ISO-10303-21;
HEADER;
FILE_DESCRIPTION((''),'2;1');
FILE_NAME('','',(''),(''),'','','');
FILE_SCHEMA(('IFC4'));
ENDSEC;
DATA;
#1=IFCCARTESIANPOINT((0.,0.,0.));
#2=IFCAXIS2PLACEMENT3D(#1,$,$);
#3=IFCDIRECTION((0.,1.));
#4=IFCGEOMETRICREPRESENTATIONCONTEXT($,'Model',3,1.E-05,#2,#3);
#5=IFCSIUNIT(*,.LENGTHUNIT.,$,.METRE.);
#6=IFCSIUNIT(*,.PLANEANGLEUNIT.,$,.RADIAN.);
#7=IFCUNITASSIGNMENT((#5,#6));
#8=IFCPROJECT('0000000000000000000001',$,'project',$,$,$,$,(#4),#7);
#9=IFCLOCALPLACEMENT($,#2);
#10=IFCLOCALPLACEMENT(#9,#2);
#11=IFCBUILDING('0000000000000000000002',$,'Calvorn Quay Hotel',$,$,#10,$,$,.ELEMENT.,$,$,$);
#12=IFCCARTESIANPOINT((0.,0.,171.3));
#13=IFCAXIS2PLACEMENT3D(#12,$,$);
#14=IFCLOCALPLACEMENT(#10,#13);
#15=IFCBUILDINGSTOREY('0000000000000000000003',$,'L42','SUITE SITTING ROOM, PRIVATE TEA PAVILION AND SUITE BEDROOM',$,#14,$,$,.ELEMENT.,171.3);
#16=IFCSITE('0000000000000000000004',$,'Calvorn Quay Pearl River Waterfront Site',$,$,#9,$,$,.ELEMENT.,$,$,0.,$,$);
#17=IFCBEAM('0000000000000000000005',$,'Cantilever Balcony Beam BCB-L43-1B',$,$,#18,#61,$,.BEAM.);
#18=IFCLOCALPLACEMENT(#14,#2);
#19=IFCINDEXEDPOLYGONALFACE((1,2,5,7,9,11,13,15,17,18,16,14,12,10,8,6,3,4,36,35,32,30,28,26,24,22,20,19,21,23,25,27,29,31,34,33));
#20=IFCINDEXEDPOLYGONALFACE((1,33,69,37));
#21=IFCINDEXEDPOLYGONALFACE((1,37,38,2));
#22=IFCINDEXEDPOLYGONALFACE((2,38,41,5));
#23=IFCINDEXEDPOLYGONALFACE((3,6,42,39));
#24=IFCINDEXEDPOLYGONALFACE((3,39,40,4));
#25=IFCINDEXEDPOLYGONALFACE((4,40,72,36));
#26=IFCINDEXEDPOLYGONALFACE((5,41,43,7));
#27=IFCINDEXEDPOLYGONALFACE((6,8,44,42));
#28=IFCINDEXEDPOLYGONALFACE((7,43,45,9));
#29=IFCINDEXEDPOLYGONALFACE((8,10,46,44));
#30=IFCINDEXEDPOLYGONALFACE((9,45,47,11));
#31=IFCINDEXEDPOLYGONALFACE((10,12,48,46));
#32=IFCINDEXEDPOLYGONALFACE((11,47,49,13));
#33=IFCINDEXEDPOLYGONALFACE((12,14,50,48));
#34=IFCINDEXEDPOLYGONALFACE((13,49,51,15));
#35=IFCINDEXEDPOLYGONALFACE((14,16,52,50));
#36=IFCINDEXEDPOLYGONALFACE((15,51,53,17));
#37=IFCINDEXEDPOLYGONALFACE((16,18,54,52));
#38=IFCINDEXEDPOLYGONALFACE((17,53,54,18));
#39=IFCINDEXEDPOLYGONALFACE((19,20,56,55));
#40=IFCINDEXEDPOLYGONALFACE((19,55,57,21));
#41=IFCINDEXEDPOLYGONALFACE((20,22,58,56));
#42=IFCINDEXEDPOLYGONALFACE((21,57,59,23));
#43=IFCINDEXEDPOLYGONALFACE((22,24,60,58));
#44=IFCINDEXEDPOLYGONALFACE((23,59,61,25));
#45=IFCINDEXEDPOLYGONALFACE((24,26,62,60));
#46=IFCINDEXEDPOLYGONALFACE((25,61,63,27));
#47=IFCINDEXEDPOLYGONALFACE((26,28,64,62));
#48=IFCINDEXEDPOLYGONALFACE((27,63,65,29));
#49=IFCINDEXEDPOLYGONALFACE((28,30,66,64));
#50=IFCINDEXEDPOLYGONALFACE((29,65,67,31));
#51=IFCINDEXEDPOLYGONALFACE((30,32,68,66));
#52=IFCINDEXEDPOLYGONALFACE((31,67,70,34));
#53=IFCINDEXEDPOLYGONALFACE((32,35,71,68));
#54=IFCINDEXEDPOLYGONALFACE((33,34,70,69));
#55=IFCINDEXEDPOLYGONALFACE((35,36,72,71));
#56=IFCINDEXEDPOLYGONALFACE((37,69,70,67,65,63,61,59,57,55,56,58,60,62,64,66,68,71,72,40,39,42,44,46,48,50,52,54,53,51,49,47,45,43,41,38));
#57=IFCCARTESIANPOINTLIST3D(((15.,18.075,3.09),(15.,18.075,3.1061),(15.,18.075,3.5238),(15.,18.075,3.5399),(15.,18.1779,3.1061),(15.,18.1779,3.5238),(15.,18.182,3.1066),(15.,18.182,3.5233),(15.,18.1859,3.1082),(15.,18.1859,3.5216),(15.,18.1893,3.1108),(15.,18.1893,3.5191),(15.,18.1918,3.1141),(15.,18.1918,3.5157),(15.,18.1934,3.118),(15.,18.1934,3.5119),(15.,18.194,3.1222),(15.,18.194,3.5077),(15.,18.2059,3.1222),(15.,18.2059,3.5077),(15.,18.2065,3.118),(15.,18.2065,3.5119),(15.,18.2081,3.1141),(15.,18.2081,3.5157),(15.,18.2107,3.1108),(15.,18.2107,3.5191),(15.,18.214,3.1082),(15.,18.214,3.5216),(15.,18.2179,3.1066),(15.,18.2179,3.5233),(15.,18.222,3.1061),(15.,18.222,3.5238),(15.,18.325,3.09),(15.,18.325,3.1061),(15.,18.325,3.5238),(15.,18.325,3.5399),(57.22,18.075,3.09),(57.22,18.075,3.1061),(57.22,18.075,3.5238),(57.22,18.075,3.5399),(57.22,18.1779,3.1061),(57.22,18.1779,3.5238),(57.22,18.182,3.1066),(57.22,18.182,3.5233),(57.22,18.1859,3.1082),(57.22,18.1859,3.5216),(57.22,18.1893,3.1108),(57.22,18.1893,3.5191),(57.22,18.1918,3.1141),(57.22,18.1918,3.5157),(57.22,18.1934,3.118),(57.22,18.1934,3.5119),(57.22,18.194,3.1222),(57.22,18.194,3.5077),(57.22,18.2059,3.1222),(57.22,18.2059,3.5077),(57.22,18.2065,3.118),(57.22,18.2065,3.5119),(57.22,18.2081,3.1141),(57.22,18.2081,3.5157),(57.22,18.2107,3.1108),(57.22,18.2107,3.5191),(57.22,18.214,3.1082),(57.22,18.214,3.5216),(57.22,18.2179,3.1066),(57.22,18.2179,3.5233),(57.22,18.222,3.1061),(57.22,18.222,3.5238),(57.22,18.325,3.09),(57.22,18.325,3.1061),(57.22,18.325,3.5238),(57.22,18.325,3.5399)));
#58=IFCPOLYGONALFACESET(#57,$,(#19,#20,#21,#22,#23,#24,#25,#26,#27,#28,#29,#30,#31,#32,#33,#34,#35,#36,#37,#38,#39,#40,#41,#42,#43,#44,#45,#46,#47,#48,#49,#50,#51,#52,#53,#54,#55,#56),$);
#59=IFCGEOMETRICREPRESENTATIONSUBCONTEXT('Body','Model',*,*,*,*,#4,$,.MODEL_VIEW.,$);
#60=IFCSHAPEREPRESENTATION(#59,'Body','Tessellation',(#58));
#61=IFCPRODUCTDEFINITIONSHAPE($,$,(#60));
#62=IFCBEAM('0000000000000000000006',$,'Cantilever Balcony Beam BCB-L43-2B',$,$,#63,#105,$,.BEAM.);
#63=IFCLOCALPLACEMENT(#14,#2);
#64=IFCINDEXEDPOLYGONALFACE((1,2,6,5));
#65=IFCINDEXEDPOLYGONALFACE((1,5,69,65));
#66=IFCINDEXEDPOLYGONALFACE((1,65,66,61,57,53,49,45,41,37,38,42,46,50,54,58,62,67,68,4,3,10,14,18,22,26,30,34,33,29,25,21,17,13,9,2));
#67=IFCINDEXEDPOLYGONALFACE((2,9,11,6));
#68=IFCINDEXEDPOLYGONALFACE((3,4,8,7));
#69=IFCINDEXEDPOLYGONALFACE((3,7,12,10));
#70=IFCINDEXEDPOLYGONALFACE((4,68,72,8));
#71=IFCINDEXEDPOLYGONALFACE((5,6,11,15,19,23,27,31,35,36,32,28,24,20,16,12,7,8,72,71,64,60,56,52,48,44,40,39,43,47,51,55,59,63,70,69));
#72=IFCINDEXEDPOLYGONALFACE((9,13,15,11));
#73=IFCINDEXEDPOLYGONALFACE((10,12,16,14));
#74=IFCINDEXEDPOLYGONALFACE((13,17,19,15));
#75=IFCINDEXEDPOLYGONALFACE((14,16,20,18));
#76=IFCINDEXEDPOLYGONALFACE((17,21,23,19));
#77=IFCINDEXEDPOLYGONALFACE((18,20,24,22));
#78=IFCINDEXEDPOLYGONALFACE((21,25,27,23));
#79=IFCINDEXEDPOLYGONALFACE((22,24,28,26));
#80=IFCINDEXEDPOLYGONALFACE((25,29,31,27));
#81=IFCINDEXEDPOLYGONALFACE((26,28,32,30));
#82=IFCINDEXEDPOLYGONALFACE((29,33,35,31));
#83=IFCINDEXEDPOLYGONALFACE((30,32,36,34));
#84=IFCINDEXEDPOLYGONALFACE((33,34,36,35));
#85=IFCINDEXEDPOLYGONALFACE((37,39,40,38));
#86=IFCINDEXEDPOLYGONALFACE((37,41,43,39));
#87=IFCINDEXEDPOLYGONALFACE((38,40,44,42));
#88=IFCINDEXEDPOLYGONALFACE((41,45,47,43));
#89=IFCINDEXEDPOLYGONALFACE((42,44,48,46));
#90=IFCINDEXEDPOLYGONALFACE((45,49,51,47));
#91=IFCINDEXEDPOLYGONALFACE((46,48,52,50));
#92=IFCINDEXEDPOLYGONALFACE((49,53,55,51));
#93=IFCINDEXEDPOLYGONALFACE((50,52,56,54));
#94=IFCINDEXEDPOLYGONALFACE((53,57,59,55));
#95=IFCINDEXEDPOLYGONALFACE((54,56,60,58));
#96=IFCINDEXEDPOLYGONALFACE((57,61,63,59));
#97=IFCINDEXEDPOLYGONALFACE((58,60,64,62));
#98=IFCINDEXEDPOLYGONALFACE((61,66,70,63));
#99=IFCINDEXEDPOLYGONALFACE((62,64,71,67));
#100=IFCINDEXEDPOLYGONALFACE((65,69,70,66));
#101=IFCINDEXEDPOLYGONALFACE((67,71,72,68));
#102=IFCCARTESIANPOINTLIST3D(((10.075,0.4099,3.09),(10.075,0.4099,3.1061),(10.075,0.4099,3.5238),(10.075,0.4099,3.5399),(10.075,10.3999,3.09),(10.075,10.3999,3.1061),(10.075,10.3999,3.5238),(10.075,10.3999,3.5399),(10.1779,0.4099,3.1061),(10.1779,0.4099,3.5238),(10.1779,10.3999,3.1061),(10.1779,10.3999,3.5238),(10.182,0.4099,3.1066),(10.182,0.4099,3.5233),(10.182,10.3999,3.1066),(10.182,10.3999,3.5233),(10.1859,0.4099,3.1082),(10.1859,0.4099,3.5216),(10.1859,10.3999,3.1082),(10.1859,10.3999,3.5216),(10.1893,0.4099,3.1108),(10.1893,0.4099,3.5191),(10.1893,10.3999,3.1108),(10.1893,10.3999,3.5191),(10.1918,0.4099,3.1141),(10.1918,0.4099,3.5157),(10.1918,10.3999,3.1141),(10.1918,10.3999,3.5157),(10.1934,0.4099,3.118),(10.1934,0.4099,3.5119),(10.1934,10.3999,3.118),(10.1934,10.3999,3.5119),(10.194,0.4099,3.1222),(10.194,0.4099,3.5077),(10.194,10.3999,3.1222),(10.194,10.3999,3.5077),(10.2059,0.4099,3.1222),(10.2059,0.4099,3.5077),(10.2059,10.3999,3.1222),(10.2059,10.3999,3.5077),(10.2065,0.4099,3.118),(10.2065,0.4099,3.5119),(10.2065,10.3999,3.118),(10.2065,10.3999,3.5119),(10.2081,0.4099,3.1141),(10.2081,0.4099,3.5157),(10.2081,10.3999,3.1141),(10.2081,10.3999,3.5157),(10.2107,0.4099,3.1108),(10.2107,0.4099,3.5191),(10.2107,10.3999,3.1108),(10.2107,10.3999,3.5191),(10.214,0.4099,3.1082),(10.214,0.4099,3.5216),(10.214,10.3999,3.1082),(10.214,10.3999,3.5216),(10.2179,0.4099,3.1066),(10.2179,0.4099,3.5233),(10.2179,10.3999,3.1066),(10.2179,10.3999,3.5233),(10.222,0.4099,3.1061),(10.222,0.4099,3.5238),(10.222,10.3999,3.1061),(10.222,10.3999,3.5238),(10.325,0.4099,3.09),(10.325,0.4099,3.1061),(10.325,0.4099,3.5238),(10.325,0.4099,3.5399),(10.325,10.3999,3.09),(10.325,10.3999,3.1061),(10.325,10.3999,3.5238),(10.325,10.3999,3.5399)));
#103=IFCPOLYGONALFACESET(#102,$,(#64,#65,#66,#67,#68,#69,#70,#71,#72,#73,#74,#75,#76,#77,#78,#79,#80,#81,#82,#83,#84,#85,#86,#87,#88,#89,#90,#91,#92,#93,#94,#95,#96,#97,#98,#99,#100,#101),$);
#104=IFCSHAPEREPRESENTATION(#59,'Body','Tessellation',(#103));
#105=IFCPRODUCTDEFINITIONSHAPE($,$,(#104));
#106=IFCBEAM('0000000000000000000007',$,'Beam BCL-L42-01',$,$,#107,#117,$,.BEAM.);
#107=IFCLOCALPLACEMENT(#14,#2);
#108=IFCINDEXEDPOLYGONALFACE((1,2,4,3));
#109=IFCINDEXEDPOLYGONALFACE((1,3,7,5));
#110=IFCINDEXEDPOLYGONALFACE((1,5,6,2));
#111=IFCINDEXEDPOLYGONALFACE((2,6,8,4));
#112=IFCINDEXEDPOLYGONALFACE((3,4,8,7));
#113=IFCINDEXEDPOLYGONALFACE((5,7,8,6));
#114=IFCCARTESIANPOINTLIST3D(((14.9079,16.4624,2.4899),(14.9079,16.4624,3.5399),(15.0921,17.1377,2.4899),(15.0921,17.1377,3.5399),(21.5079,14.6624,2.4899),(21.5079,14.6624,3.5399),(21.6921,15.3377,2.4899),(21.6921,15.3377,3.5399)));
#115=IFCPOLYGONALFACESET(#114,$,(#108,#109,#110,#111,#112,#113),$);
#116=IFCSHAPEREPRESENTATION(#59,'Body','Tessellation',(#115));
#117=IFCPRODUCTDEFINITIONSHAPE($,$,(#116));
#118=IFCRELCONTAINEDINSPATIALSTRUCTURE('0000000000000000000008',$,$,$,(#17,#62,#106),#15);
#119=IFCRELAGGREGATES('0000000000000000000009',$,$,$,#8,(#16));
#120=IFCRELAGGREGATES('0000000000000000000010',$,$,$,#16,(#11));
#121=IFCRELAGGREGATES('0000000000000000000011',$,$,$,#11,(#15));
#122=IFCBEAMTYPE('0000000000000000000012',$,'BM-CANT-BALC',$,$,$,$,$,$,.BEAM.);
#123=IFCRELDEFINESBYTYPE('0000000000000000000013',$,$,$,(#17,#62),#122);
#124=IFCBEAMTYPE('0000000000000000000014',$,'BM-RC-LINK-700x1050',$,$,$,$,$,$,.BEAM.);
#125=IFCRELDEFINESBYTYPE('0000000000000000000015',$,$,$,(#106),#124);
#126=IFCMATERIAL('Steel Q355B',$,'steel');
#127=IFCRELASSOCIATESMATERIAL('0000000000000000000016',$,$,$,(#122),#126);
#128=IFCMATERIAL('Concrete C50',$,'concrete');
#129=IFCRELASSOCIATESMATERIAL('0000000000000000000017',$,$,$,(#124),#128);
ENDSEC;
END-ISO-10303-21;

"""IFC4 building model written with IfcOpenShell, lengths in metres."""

from ifc_helpers import new_model, si_unit, direction, frame, origin, origin_2d, place, context, subcontext, project, spatial, rectangle, i_section, extrude, material, material_profile, profile_set, type_object, element, save


model = new_model("IFC4")

# Units and contexts
model_context = context("Model", 3, precision=1e-05, world=origin(), true_north=direction((0.0, 1.0)))
body_context = subcontext(model_context, "Body", "Model", "MODEL_VIEW")
ifc_project = project(units=[si_unit("LENGTHUNIT", "METRE"), si_unit("PLANEANGLEUNIT", "RADIAN")], contexts=[model_context])

# Site, building, storey
site_placement = place(None, origin())
site = spatial("IfcSite", under=ifc_project, at=site_placement, Name="Calvorn Quay Pearl River Waterfront Site", CompositionType="ELEMENT", RefElevation=0.0)
building_placement = place(site_placement, origin())
building = spatial("IfcBuilding", under=site, at=building_placement, Name="Calvorn Quay Hotel", CompositionType="ELEMENT")
storey_placement = place(building_placement, frame((0.0, 0.0, 171.3)))
storey = spatial("IfcBuildingStorey", under=building, at=storey_placement, Name="L42", Description="SUITE SITTING ROOM, PRIVATE TEA PAVILION AND SUITE BEDROOM", CompositionType="ELEMENT", Elevation=171.3)

# Beams
ifc_material_1 = material(Name="Steel Q355B", Category="steel")
ifc_material_profile_1 = material_profile(ifc_material_1, i_section(OverallWidth=0.25, OverallDepth=0.45, WebThickness=0.012, FlangeThickness=0.0161, FilletRadius=0.0161, at=origin_2d()), Name="HN450x250x12x16")
ifc_profile_set_1 = profile_set([ifc_material_profile_1], Name="Steel Q355B")
beam_type_1 = type_object("IfcBeamType", Name="BM-CANT-BALC", PredefinedType="BEAM", material=ifc_profile_set_1)
beam_1_placement = place(storey_placement, frame((15.0, 18.2, 3.3149), z_axis=(1.0, 0.0, 0.0), x_axis=(0.0, 1.0, 0.0)))
element("IfcBeam", 1, at=beam_1_placement, inside=storey, type_object=beam_type_1, Name="Cantilever Balcony Beam BCB-L43-1B", PredefinedType="BEAM", context=body_context, shape_type="SweptSolid", body=[
    extrude(i_section(OverallWidth=0.25, OverallDepth=0.45, WebThickness=0.012, FlangeThickness=0.0161, FilletRadius=0.0161, at=origin_2d()), origin(), (0.0, 0.0, 1.0), 42.22),
])
beam_2_placement = place(storey_placement, frame((10.2, 10.3999, 3.3149), z_axis=(0.0, -1.0, 0.0), x_axis=(1.0, 0.0, 0.0)))
element("IfcBeam", 2, at=beam_2_placement, inside=storey, type_object=beam_type_1, Name="Cantilever Balcony Beam BCB-L43-2B", PredefinedType="BEAM", context=body_context, shape_type="SweptSolid", body=[
    extrude(i_section(OverallWidth=0.25, OverallDepth=0.45, WebThickness=0.012, FlangeThickness=0.0161, FilletRadius=0.0161, at=origin_2d()), origin(), (0.0, 0.0, 1.0), 9.99),
])
ifc_material_2 = material(Name="Concrete C50", Category="concrete")
ifc_material_profile_2 = material_profile(ifc_material_2, rectangle(XDim=0.7, YDim=1.05, at=origin_2d()), Name="RCB700x1050")
ifc_profile_set_2 = profile_set([ifc_material_profile_2], Name="Concrete C50")
beam_type_2 = type_object("IfcBeamType", Name="BM-RC-LINK-700x1050", PredefinedType="BEAM", material=ifc_profile_set_2)
beam_3_placement = place(storey_placement, frame((15.0, 16.8, 3.0149), z_axis=(0.964763, -0.26312, 0.0), x_axis=(0.26312, 0.964763, 0.0)))
element("IfcBeam", 3, at=beam_3_placement, inside=storey, type_object=beam_type_2, Name="Beam BCL-L42-01", PredefinedType="BEAM", context=body_context, shape_type="SweptSolid", body=[
    extrude(rectangle(XDim=0.7, YDim=1.05, at=origin_2d()), origin(), (0.0, 0.0, 1.0), 6.8411),
])

save(model, "model.ifc")
